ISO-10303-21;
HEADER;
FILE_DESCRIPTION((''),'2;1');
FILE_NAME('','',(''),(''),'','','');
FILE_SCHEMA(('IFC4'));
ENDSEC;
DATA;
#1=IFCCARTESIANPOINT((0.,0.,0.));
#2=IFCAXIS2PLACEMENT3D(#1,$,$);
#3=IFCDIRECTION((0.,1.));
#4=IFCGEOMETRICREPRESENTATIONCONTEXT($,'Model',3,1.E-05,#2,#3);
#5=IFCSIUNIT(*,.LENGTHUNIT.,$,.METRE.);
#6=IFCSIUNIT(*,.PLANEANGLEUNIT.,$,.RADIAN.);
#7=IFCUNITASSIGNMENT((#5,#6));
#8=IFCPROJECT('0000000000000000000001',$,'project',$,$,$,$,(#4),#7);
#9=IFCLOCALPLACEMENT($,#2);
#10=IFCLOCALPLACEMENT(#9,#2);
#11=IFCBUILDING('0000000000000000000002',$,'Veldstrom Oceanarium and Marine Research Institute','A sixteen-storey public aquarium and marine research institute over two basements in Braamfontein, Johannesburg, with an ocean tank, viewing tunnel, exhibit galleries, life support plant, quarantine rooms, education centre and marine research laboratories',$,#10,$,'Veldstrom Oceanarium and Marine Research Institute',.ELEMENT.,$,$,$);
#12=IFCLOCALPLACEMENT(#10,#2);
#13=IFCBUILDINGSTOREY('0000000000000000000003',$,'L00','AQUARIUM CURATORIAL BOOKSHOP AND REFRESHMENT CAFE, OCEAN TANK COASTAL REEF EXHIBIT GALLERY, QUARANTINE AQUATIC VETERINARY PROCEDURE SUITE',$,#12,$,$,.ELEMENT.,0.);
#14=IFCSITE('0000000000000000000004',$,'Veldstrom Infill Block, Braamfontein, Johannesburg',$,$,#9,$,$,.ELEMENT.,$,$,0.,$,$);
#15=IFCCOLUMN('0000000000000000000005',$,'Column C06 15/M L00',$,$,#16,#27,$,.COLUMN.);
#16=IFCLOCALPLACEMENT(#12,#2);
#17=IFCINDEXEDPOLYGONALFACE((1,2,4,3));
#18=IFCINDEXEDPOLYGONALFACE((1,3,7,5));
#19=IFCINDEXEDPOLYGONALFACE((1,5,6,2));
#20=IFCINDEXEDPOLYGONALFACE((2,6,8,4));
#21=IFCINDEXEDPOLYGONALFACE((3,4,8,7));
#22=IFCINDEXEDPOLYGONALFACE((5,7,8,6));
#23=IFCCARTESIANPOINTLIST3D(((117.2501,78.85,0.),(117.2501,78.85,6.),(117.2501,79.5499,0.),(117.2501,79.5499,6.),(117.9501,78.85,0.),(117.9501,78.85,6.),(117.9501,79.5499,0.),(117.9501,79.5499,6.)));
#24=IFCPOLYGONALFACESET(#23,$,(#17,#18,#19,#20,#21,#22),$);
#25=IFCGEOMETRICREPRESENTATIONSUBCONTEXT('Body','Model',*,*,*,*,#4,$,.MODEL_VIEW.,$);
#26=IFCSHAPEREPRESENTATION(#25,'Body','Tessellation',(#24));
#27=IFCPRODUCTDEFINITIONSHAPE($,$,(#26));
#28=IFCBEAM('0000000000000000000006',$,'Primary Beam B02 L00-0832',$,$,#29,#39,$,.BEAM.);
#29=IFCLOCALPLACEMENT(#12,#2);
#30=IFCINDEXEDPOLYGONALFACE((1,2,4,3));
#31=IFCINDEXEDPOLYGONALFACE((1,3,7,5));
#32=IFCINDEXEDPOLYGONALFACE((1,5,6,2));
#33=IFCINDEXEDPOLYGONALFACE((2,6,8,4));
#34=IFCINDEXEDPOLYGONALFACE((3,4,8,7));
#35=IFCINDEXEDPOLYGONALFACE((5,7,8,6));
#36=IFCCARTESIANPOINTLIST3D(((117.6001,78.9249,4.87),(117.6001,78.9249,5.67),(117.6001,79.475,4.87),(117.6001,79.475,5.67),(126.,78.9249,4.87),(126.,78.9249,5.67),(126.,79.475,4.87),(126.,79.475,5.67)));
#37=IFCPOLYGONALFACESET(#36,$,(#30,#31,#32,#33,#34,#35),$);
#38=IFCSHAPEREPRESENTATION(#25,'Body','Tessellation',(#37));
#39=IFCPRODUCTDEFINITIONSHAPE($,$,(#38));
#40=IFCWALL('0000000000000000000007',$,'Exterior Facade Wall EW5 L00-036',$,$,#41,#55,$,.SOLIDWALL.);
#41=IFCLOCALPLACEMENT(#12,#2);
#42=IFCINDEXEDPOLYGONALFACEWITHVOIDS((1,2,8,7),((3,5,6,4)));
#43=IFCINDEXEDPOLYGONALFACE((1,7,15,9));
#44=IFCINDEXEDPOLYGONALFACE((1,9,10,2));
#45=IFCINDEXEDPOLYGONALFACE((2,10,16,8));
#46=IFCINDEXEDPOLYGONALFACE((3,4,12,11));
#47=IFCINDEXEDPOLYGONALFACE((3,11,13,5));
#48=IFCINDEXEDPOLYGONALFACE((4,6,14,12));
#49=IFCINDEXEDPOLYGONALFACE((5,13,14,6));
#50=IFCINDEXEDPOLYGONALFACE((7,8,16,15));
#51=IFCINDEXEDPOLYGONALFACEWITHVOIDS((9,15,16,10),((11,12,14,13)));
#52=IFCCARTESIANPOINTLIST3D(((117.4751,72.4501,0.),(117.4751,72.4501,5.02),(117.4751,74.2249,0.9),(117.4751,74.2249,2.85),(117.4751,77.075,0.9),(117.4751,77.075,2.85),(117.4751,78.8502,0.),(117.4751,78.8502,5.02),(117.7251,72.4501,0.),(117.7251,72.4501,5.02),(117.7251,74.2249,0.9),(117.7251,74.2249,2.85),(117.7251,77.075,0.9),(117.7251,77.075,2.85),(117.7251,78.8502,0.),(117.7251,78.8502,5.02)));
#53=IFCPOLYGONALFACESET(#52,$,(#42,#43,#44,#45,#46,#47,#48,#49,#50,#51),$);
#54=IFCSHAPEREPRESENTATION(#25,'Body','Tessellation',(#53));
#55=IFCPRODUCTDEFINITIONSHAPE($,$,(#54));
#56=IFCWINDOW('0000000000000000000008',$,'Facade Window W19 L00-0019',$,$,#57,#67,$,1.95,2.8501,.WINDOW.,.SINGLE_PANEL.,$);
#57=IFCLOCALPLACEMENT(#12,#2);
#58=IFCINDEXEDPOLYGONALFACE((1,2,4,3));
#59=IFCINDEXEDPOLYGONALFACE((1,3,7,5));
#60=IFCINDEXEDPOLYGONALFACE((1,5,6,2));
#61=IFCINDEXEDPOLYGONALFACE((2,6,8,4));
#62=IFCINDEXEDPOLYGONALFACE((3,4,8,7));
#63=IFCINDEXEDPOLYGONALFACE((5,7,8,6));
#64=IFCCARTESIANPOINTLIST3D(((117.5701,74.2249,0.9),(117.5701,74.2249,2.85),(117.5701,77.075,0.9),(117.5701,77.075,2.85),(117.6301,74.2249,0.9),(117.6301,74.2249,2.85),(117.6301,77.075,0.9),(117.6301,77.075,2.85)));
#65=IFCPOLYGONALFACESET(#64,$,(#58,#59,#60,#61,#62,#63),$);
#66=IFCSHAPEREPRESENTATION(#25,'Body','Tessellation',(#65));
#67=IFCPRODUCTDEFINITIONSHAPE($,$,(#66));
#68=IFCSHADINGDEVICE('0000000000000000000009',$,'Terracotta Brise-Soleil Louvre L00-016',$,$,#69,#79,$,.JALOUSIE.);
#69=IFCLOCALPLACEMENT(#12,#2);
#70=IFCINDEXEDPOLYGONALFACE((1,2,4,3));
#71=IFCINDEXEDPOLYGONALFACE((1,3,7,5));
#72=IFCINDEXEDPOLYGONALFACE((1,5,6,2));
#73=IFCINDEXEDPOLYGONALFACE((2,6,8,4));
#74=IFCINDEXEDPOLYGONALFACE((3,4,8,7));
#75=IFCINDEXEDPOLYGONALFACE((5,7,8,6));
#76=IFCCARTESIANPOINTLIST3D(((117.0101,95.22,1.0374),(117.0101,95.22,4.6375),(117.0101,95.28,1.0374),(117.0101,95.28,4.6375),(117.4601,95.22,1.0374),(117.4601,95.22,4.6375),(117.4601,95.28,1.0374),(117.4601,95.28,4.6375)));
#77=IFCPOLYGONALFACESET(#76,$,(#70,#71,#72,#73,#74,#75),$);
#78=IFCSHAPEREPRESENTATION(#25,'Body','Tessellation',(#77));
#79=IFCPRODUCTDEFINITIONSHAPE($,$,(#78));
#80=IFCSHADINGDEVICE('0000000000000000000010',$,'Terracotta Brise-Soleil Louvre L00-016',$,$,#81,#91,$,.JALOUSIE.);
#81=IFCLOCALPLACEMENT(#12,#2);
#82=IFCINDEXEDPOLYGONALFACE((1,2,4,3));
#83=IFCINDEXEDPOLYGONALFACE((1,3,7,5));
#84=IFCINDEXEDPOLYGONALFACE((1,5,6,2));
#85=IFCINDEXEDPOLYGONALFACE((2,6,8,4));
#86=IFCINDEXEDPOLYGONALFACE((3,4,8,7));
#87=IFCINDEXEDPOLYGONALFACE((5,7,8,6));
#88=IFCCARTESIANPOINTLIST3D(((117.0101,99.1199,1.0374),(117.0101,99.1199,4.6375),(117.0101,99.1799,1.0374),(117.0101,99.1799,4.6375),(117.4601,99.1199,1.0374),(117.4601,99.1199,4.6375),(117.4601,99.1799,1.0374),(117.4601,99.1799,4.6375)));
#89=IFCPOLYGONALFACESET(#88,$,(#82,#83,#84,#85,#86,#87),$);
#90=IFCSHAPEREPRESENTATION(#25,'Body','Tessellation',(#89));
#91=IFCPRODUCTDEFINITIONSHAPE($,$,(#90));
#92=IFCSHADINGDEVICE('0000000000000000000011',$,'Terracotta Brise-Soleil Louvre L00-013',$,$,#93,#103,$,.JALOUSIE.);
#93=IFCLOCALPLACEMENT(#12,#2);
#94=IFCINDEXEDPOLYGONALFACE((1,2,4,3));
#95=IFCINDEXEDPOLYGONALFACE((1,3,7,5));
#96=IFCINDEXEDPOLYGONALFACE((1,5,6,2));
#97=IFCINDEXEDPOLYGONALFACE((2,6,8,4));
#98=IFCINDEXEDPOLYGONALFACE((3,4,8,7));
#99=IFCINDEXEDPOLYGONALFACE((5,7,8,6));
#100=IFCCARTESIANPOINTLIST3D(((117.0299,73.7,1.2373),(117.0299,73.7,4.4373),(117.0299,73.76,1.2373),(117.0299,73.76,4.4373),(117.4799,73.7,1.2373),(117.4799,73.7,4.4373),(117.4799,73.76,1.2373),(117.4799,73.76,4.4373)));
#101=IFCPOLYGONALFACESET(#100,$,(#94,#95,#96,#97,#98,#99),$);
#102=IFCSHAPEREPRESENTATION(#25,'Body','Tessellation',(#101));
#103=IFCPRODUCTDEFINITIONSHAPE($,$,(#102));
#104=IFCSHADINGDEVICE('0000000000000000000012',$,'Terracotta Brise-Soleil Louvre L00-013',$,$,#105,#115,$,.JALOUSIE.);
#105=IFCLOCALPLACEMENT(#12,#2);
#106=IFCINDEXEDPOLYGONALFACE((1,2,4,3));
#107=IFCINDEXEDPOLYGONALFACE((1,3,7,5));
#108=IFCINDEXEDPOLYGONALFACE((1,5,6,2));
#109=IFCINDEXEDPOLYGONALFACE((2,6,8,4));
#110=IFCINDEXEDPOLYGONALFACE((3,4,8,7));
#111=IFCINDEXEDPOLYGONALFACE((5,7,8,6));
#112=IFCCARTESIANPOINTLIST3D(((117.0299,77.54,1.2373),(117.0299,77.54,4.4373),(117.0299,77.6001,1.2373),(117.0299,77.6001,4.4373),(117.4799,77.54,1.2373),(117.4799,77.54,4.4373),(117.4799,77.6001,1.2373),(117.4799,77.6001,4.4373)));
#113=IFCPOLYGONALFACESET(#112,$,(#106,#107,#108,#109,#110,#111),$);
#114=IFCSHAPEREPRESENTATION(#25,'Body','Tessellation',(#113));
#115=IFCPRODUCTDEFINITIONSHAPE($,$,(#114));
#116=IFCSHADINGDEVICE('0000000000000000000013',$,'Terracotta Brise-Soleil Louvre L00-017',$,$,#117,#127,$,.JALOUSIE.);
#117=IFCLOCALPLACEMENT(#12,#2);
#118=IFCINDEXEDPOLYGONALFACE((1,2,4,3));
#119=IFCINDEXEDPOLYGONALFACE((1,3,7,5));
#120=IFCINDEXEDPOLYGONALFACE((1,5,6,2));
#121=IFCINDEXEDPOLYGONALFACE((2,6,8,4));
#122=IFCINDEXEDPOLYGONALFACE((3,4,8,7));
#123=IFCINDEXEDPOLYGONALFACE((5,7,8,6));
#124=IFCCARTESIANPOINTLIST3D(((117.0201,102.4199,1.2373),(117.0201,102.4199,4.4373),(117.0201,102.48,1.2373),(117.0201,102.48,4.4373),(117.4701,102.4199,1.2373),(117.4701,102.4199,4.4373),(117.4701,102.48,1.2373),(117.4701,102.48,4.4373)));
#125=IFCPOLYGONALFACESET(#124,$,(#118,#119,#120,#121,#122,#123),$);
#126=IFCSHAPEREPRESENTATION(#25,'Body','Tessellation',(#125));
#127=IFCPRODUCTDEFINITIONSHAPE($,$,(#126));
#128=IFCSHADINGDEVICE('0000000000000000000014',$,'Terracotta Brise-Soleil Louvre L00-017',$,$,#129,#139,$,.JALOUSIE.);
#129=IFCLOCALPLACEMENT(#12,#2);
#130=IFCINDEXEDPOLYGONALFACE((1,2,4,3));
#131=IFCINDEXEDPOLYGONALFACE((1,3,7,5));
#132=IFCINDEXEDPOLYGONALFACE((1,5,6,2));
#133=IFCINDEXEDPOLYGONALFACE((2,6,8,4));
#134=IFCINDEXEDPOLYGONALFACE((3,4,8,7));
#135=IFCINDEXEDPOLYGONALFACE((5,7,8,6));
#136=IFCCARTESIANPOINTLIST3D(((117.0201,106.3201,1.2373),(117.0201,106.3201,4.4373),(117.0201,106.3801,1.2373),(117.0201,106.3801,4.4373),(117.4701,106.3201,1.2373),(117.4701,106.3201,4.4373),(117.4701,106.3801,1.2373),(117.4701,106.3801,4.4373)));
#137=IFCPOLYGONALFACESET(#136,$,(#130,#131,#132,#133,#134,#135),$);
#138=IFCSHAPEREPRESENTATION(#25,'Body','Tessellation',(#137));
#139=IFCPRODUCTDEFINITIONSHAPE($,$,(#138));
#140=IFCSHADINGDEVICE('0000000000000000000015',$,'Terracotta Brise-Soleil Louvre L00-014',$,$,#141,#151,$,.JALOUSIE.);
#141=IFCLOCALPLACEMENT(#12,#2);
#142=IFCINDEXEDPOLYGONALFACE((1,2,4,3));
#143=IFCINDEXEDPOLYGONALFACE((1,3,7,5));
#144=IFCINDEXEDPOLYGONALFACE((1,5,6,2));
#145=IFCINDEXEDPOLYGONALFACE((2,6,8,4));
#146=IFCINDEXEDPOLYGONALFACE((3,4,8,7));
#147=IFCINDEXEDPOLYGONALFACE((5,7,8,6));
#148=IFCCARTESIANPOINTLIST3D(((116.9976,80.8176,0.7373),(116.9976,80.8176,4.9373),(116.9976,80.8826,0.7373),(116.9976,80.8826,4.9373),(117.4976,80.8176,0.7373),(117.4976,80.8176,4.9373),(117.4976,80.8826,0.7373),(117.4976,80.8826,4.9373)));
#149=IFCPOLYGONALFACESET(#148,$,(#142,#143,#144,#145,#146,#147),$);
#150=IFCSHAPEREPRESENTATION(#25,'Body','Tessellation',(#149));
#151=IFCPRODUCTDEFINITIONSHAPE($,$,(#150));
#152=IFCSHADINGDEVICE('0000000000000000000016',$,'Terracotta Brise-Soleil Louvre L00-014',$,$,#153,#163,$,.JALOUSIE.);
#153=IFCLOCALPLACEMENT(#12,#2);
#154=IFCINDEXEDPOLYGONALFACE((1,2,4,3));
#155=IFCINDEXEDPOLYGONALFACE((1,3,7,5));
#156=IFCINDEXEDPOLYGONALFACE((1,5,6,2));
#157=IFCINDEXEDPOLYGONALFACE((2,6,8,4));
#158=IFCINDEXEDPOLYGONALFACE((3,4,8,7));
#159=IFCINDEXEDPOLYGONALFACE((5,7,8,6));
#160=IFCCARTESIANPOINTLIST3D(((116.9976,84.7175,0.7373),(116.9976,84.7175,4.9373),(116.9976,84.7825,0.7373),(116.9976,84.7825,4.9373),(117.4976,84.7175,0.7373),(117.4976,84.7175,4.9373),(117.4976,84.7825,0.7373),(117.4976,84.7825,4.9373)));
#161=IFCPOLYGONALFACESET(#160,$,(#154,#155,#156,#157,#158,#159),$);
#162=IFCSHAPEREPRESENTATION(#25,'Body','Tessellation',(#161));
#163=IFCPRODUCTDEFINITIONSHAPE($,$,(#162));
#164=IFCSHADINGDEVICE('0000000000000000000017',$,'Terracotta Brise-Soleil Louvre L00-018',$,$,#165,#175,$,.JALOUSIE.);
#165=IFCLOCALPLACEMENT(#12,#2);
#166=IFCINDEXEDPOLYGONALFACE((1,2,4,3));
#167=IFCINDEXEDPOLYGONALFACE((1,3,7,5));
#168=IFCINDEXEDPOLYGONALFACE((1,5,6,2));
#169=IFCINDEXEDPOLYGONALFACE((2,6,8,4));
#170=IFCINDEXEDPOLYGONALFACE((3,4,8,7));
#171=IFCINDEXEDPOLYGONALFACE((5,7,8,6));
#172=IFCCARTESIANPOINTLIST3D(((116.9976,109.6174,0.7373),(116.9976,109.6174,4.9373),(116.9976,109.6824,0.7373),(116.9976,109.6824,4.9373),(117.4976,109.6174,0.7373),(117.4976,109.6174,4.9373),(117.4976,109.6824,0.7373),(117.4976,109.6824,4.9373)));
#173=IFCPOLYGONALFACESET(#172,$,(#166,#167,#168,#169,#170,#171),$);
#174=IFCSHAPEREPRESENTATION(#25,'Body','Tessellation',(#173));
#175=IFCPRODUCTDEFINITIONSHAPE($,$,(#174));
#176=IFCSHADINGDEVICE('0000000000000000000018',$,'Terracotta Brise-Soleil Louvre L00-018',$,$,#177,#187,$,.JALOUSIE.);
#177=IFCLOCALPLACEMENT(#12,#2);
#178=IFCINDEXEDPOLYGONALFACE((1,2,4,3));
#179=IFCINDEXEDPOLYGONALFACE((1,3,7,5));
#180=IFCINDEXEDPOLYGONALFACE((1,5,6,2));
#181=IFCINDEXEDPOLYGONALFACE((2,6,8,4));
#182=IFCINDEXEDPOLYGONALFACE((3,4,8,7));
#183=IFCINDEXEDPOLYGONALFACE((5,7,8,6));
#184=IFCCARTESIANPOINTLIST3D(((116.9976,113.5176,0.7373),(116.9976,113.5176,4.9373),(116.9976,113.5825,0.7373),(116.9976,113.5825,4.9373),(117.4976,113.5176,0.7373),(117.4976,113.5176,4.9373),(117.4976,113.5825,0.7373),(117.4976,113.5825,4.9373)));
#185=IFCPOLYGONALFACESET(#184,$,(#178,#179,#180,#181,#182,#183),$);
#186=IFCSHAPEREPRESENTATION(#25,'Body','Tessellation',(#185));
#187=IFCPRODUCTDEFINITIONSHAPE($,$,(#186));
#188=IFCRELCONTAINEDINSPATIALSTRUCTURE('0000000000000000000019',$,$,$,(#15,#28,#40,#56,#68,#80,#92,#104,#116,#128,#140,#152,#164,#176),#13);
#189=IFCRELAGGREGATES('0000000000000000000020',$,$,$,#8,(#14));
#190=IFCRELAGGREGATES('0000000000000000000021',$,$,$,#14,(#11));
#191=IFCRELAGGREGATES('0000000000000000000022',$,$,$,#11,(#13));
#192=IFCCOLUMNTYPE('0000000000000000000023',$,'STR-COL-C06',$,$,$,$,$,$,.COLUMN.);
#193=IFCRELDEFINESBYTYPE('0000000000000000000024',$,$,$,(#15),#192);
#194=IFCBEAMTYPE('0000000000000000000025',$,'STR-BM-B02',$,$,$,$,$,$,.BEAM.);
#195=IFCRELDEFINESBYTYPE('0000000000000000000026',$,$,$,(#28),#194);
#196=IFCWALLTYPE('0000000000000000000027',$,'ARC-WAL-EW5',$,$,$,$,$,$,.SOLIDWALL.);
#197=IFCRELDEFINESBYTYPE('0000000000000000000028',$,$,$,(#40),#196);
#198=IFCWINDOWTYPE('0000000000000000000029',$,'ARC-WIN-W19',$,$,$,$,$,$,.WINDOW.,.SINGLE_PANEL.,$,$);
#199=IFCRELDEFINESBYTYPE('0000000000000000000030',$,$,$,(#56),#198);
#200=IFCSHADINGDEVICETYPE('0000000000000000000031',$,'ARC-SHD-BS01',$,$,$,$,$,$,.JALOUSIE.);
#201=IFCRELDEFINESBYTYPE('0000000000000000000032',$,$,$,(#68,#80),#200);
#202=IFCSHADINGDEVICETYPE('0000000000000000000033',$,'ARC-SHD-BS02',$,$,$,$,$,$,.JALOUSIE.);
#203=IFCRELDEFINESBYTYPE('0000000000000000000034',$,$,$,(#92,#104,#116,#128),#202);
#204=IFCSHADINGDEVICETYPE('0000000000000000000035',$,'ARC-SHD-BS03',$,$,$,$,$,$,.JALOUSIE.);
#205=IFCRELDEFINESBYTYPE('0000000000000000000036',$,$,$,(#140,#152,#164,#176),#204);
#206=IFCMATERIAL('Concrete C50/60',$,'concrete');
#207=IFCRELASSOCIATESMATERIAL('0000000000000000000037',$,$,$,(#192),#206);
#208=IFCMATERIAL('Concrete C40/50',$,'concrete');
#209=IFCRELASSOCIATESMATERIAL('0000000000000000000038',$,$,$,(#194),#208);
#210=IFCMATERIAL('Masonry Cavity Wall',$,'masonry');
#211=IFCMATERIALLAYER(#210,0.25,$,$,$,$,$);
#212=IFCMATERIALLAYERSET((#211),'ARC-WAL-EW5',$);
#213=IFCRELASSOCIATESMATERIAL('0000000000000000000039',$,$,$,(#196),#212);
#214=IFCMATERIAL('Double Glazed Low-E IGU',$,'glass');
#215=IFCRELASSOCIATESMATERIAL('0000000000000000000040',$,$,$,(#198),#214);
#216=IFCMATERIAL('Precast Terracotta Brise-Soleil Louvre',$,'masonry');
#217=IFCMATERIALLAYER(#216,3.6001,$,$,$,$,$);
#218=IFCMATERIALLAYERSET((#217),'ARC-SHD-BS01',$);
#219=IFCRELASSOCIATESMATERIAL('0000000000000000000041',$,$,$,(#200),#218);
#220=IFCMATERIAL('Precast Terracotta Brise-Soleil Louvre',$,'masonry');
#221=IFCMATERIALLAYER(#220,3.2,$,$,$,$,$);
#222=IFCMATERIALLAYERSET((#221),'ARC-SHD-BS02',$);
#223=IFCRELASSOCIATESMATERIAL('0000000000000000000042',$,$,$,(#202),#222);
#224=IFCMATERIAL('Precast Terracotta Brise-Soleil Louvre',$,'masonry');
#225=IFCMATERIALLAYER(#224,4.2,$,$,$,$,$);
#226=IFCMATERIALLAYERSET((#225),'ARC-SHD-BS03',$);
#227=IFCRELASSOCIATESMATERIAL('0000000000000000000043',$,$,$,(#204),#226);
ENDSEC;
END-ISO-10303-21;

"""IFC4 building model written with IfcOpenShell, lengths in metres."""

from ifc_helpers import new_model, si_unit, direction, frame, frame_2d, origin, origin_2d, place, context, subcontext, project, spatial, rectangle, extrude, material, layer, layer_set, material_profile, profile_set, type_object, element, fill, save


model = new_model("IFC4")

# Units and contexts
model_context = context("Model", 3, precision=1e-05, world=origin(), true_north=direction((0.0, 1.0)))
body_context = subcontext(model_context, "Body", "Model", "MODEL_VIEW")
ifc_project = project(units=[si_unit("LENGTHUNIT", "METRE"), si_unit("PLANEANGLEUNIT", "RADIAN")], contexts=[model_context])

# Site, building, storey
site_placement = place(None, origin())
site = spatial("IfcSite", under=ifc_project, at=site_placement, Name="Veldstrom Infill Block, Braamfontein, Johannesburg", CompositionType="ELEMENT", RefElevation=0.0)
building_placement = place(site_placement, origin())
building = spatial("IfcBuilding", under=site, at=building_placement, Name="Veldstrom Oceanarium and Marine Research Institute", Description="A sixteen-storey public aquarium and marine research institute over two basements in Braamfontein, Johannesburg, with an ocean tank, viewing tunnel, exhibit galleries, life support plant, quarantine rooms, education centre and marine research laboratories", LongName="Veldstrom Oceanarium and Marine Research Institute", CompositionType="ELEMENT")
storey_placement = place(building_placement, origin())
storey = spatial("IfcBuildingStorey", under=building, at=storey_placement, Name="L00", Description="AQUARIUM CURATORIAL BOOKSHOP AND REFRESHMENT CAFE, OCEAN TANK COASTAL REEF EXHIBIT GALLERY, QUARANTINE AQUATIC VETERINARY PROCEDURE SUITE", CompositionType="ELEMENT", Elevation=0.0)

# Column
ifc_material_1 = material(Name="Concrete C50/60", Category="concrete")
ifc_material_profile_1 = material_profile(ifc_material_1, rectangle(XDim=0.7, YDim=0.7, at=origin_2d()), Name="RC-COL-700x700")
ifc_profile_set_1 = profile_set([ifc_material_profile_1], Name="Concrete C50/60")
column_type = type_object("IfcColumnType", Name="STR-COL-C06", PredefinedType="COLUMN", material=ifc_profile_set_1)
column_placement = place(storey_placement, frame((117.6001, 79.2, 0.0), z_axis=(0.0, 0.0, 1.0), x_axis=(1.0, 0.0, 0.0)))
element("IfcColumn", 1, at=column_placement, inside=storey, type_object=column_type, Name="Column C06 15/M L00", PredefinedType="COLUMN", context=body_context, shape_type="SweptSolid", body=[
    extrude(rectangle(XDim=0.7, YDim=0.7, at=origin_2d()), origin(), (0.0, 0.0, 1.0), 6.0),
])

# Beam
ifc_material_2 = material(Name="Concrete C40/50", Category="concrete")
ifc_material_profile_2 = material_profile(ifc_material_2, rectangle(XDim=0.55, YDim=0.8, at=origin_2d()), Name="RC-BM-550x800")
ifc_profile_set_2 = profile_set([ifc_material_profile_2], Name="Concrete C40/50")
beam_type = type_object("IfcBeamType", Name="STR-BM-B02", PredefinedType="BEAM", material=ifc_profile_set_2)
beam_placement = place(storey_placement, frame((117.6001, 79.2, 5.27), z_axis=(1.0, 0.0, 0.0), x_axis=(0.0, 1.0, 0.0)))
element("IfcBeam", 2, at=beam_placement, inside=storey, type_object=beam_type, Name="Primary Beam B02 L00-0832", PredefinedType="BEAM", context=body_context, shape_type="SweptSolid", body=[
    extrude(rectangle(XDim=0.55, YDim=0.8, at=origin_2d()), origin(), (0.0, 0.0, 1.0), 8.3999),
])

# Wall, opening, window
ifc_material_3 = material(Name="Masonry Cavity Wall", Category="masonry")
ifc_layer_1 = layer(ifc_material_3, 0.25)
ifc_layer_set_1 = layer_set([ifc_layer_1], Name="ARC-WAL-EW5")
wall_type = type_object("IfcWallType", Name="ARC-WAL-EW5", PredefinedType="SOLIDWALL", material=ifc_layer_set_1)
wall_placement = place(storey_placement, frame((117.6001, 72.45, 0.0), z_axis=(0.0, 0.0, 1.0), x_axis=(0.0, 1.0, 0.0)))
wall = element("IfcWall", 3, at=wall_placement, inside=storey, type_object=wall_type, Name="Exterior Facade Wall EW5 L00-036", PredefinedType="SOLIDWALL", context=body_context, shape_type="SweptSolid", body=[
    extrude(rectangle(XDim=6.4001, YDim=0.25, at=frame_2d((3.2002, 0.0))), origin(), (0.0, 0.0, 1.0), 5.02),
])
opening_placement = place(wall_placement, frame((1.7749, 0.0, 0.8999)))
opening = element("IfcOpeningElement", 4, at=opening_placement, cuts=wall, PredefinedType="OPENING", context=body_context, shape_type="SweptSolid", body=[
    extrude(rectangle(XDim=2.8501, YDim=1.95, at=frame_2d((1.425, 0.9751))), frame((0.0, 0.135, 0.0), z_axis=(0.0, -1.0, 0.0), x_axis=(1.0, 0.0, 0.0)), (0.0, 0.0, 1.0), 0.27),
])
ifc_material_4 = material(Name="Double Glazed Low-E IGU", Category="glass")
window_type = type_object("IfcWindowType", Name="ARC-WIN-W19", PartitioningType="SINGLE_PANEL", PredefinedType="WINDOW", material=ifc_material_4)
window_placement = place(opening_placement, origin())
window = element("IfcWindow", 5, at=window_placement, inside=storey, type_object=window_type, Name="Facade Window W19 L00-0019", OverallHeight=1.95, OverallWidth=2.8501, PartitioningType="SINGLE_PANEL", PredefinedType="WINDOW", context=body_context, shape_type="SweptSolid", body=[
    extrude(rectangle(XDim=2.8501, YDim=1.95, at=frame_2d((1.425, 0.9751))), frame((0.0, 0.03, 0.0), z_axis=(0.0, -1.0, 0.0), x_axis=(1.0, 0.0, 0.0)), (0.0, 0.0, 1.0), 0.0601),
])
fill(opening, window)

# Shading devices
ifc_material_5 = material(Name="Precast Terracotta Brise-Soleil Louvre", Category="masonry")
ifc_layer_2 = layer(ifc_material_5, 3.6001)
ifc_layer_set_2 = layer_set([ifc_layer_2], Name="ARC-SHD-BS01")
shading_device_type_1 = type_object("IfcShadingDeviceType", Name="ARC-SHD-BS01", PredefinedType="JALOUSIE", material=ifc_layer_set_2)
for number, where, z_axis, x_axis, name in (
    (6, (117.2351, 95.25, 1.0374), (0.0, 0.0, 1.0), (1.0, 0.0, 0.0), "Terracotta Brise-Soleil Louvre L00-016"),
    (7, (117.2351, 99.1499, 1.0374), (0.0, 0.0, 1.0), (1.0, 0.0, 0.0), "Terracotta Brise-Soleil Louvre L00-016"),
):
    element("IfcShadingDevice", number, at=place(storey_placement, frame(where, z_axis=z_axis, x_axis=x_axis)), inside=storey, type_object=shading_device_type_1, Name=name, PredefinedType="JALOUSIE", context=body_context, shape_type="SweptSolid", body=[
        extrude(rectangle(XDim=0.45, YDim=0.0601, at=origin_2d()), origin(), (0.0, 0.0, 1.0), 3.6001),
    ])
ifc_material_6 = material(Name="Precast Terracotta Brise-Soleil Louvre", Category="masonry")
ifc_layer_3 = layer(ifc_material_6, 3.2)
ifc_layer_set_3 = layer_set([ifc_layer_3], Name="ARC-SHD-BS02")
shading_device_type_2 = type_object("IfcShadingDeviceType", Name="ARC-SHD-BS02", PredefinedType="JALOUSIE", material=ifc_layer_set_3)
for number, where, z_axis, x_axis, name in (
    (8, (117.2549, 73.73, 1.2373), (0.0, 0.0, 1.0), (1.0, 0.0, 0.0), "Terracotta Brise-Soleil Louvre L00-013"),
    (9, (117.2549, 77.5701, 1.2373), (0.0, 0.0, 1.0), (1.0, 0.0, 0.0), "Terracotta Brise-Soleil Louvre L00-013"),
    (10, (117.2451, 102.45, 1.2373), (0.0, 0.0, 1.0), (1.0, 0.0, 0.0), "Terracotta Brise-Soleil Louvre L00-017"),
    (11, (117.2451, 106.3501, 1.2373), (0.0, 0.0, 1.0), (1.0, 0.0, 0.0), "Terracotta Brise-Soleil Louvre L00-017"),
):
    element("IfcShadingDevice", number, at=place(storey_placement, frame(where, z_axis=z_axis, x_axis=x_axis)), inside=storey, type_object=shading_device_type_2, Name=name, PredefinedType="JALOUSIE", context=body_context, shape_type="SweptSolid", body=[
        extrude(rectangle(XDim=0.45, YDim=0.0601, at=origin_2d()), origin(), (0.0, 0.0, 1.0), 3.2),
    ])
ifc_material_7 = material(Name="Precast Terracotta Brise-Soleil Louvre", Category="masonry")
ifc_layer_4 = layer(ifc_material_7, 4.2)
ifc_layer_set_4 = layer_set([ifc_layer_4], Name="ARC-SHD-BS03")
shading_device_type_3 = type_object("IfcShadingDeviceType", Name="ARC-SHD-BS03", PredefinedType="JALOUSIE", material=ifc_layer_set_4)
for number, where, z_axis, x_axis, name in (
    (12, (117.2476, 80.8501, 0.7373), (0.0, 0.0, 1.0), (1.0, 0.0, 0.0), "Terracotta Brise-Soleil Louvre L00-014"),
    (13, (117.2476, 84.75, 0.7373), (0.0, 0.0, 1.0), (1.0, 0.0, 0.0), "Terracotta Brise-Soleil Louvre L00-014"),
    (14, (117.2476, 109.6499, 0.7373), (0.0, 0.0, 1.0), (1.0, 0.0, 0.0), "Terracotta Brise-Soleil Louvre L00-018"),
    (15, (117.2476, 113.55, 0.7373), (0.0, 0.0, 1.0), (1.0, 0.0, 0.0), "Terracotta Brise-Soleil Louvre L00-018"),
):
    element("IfcShadingDevice", number, at=place(storey_placement, frame(where, z_axis=z_axis, x_axis=x_axis)), inside=storey, type_object=shading_device_type_3, Name=name, PredefinedType="JALOUSIE", context=body_context, shape_type="SweptSolid", body=[
        extrude(rectangle(XDim=0.5, YDim=0.0649, at=origin_2d()), origin(), (0.0, 0.0, 1.0), 4.2),
    ])

save(model, "model.ifc")
